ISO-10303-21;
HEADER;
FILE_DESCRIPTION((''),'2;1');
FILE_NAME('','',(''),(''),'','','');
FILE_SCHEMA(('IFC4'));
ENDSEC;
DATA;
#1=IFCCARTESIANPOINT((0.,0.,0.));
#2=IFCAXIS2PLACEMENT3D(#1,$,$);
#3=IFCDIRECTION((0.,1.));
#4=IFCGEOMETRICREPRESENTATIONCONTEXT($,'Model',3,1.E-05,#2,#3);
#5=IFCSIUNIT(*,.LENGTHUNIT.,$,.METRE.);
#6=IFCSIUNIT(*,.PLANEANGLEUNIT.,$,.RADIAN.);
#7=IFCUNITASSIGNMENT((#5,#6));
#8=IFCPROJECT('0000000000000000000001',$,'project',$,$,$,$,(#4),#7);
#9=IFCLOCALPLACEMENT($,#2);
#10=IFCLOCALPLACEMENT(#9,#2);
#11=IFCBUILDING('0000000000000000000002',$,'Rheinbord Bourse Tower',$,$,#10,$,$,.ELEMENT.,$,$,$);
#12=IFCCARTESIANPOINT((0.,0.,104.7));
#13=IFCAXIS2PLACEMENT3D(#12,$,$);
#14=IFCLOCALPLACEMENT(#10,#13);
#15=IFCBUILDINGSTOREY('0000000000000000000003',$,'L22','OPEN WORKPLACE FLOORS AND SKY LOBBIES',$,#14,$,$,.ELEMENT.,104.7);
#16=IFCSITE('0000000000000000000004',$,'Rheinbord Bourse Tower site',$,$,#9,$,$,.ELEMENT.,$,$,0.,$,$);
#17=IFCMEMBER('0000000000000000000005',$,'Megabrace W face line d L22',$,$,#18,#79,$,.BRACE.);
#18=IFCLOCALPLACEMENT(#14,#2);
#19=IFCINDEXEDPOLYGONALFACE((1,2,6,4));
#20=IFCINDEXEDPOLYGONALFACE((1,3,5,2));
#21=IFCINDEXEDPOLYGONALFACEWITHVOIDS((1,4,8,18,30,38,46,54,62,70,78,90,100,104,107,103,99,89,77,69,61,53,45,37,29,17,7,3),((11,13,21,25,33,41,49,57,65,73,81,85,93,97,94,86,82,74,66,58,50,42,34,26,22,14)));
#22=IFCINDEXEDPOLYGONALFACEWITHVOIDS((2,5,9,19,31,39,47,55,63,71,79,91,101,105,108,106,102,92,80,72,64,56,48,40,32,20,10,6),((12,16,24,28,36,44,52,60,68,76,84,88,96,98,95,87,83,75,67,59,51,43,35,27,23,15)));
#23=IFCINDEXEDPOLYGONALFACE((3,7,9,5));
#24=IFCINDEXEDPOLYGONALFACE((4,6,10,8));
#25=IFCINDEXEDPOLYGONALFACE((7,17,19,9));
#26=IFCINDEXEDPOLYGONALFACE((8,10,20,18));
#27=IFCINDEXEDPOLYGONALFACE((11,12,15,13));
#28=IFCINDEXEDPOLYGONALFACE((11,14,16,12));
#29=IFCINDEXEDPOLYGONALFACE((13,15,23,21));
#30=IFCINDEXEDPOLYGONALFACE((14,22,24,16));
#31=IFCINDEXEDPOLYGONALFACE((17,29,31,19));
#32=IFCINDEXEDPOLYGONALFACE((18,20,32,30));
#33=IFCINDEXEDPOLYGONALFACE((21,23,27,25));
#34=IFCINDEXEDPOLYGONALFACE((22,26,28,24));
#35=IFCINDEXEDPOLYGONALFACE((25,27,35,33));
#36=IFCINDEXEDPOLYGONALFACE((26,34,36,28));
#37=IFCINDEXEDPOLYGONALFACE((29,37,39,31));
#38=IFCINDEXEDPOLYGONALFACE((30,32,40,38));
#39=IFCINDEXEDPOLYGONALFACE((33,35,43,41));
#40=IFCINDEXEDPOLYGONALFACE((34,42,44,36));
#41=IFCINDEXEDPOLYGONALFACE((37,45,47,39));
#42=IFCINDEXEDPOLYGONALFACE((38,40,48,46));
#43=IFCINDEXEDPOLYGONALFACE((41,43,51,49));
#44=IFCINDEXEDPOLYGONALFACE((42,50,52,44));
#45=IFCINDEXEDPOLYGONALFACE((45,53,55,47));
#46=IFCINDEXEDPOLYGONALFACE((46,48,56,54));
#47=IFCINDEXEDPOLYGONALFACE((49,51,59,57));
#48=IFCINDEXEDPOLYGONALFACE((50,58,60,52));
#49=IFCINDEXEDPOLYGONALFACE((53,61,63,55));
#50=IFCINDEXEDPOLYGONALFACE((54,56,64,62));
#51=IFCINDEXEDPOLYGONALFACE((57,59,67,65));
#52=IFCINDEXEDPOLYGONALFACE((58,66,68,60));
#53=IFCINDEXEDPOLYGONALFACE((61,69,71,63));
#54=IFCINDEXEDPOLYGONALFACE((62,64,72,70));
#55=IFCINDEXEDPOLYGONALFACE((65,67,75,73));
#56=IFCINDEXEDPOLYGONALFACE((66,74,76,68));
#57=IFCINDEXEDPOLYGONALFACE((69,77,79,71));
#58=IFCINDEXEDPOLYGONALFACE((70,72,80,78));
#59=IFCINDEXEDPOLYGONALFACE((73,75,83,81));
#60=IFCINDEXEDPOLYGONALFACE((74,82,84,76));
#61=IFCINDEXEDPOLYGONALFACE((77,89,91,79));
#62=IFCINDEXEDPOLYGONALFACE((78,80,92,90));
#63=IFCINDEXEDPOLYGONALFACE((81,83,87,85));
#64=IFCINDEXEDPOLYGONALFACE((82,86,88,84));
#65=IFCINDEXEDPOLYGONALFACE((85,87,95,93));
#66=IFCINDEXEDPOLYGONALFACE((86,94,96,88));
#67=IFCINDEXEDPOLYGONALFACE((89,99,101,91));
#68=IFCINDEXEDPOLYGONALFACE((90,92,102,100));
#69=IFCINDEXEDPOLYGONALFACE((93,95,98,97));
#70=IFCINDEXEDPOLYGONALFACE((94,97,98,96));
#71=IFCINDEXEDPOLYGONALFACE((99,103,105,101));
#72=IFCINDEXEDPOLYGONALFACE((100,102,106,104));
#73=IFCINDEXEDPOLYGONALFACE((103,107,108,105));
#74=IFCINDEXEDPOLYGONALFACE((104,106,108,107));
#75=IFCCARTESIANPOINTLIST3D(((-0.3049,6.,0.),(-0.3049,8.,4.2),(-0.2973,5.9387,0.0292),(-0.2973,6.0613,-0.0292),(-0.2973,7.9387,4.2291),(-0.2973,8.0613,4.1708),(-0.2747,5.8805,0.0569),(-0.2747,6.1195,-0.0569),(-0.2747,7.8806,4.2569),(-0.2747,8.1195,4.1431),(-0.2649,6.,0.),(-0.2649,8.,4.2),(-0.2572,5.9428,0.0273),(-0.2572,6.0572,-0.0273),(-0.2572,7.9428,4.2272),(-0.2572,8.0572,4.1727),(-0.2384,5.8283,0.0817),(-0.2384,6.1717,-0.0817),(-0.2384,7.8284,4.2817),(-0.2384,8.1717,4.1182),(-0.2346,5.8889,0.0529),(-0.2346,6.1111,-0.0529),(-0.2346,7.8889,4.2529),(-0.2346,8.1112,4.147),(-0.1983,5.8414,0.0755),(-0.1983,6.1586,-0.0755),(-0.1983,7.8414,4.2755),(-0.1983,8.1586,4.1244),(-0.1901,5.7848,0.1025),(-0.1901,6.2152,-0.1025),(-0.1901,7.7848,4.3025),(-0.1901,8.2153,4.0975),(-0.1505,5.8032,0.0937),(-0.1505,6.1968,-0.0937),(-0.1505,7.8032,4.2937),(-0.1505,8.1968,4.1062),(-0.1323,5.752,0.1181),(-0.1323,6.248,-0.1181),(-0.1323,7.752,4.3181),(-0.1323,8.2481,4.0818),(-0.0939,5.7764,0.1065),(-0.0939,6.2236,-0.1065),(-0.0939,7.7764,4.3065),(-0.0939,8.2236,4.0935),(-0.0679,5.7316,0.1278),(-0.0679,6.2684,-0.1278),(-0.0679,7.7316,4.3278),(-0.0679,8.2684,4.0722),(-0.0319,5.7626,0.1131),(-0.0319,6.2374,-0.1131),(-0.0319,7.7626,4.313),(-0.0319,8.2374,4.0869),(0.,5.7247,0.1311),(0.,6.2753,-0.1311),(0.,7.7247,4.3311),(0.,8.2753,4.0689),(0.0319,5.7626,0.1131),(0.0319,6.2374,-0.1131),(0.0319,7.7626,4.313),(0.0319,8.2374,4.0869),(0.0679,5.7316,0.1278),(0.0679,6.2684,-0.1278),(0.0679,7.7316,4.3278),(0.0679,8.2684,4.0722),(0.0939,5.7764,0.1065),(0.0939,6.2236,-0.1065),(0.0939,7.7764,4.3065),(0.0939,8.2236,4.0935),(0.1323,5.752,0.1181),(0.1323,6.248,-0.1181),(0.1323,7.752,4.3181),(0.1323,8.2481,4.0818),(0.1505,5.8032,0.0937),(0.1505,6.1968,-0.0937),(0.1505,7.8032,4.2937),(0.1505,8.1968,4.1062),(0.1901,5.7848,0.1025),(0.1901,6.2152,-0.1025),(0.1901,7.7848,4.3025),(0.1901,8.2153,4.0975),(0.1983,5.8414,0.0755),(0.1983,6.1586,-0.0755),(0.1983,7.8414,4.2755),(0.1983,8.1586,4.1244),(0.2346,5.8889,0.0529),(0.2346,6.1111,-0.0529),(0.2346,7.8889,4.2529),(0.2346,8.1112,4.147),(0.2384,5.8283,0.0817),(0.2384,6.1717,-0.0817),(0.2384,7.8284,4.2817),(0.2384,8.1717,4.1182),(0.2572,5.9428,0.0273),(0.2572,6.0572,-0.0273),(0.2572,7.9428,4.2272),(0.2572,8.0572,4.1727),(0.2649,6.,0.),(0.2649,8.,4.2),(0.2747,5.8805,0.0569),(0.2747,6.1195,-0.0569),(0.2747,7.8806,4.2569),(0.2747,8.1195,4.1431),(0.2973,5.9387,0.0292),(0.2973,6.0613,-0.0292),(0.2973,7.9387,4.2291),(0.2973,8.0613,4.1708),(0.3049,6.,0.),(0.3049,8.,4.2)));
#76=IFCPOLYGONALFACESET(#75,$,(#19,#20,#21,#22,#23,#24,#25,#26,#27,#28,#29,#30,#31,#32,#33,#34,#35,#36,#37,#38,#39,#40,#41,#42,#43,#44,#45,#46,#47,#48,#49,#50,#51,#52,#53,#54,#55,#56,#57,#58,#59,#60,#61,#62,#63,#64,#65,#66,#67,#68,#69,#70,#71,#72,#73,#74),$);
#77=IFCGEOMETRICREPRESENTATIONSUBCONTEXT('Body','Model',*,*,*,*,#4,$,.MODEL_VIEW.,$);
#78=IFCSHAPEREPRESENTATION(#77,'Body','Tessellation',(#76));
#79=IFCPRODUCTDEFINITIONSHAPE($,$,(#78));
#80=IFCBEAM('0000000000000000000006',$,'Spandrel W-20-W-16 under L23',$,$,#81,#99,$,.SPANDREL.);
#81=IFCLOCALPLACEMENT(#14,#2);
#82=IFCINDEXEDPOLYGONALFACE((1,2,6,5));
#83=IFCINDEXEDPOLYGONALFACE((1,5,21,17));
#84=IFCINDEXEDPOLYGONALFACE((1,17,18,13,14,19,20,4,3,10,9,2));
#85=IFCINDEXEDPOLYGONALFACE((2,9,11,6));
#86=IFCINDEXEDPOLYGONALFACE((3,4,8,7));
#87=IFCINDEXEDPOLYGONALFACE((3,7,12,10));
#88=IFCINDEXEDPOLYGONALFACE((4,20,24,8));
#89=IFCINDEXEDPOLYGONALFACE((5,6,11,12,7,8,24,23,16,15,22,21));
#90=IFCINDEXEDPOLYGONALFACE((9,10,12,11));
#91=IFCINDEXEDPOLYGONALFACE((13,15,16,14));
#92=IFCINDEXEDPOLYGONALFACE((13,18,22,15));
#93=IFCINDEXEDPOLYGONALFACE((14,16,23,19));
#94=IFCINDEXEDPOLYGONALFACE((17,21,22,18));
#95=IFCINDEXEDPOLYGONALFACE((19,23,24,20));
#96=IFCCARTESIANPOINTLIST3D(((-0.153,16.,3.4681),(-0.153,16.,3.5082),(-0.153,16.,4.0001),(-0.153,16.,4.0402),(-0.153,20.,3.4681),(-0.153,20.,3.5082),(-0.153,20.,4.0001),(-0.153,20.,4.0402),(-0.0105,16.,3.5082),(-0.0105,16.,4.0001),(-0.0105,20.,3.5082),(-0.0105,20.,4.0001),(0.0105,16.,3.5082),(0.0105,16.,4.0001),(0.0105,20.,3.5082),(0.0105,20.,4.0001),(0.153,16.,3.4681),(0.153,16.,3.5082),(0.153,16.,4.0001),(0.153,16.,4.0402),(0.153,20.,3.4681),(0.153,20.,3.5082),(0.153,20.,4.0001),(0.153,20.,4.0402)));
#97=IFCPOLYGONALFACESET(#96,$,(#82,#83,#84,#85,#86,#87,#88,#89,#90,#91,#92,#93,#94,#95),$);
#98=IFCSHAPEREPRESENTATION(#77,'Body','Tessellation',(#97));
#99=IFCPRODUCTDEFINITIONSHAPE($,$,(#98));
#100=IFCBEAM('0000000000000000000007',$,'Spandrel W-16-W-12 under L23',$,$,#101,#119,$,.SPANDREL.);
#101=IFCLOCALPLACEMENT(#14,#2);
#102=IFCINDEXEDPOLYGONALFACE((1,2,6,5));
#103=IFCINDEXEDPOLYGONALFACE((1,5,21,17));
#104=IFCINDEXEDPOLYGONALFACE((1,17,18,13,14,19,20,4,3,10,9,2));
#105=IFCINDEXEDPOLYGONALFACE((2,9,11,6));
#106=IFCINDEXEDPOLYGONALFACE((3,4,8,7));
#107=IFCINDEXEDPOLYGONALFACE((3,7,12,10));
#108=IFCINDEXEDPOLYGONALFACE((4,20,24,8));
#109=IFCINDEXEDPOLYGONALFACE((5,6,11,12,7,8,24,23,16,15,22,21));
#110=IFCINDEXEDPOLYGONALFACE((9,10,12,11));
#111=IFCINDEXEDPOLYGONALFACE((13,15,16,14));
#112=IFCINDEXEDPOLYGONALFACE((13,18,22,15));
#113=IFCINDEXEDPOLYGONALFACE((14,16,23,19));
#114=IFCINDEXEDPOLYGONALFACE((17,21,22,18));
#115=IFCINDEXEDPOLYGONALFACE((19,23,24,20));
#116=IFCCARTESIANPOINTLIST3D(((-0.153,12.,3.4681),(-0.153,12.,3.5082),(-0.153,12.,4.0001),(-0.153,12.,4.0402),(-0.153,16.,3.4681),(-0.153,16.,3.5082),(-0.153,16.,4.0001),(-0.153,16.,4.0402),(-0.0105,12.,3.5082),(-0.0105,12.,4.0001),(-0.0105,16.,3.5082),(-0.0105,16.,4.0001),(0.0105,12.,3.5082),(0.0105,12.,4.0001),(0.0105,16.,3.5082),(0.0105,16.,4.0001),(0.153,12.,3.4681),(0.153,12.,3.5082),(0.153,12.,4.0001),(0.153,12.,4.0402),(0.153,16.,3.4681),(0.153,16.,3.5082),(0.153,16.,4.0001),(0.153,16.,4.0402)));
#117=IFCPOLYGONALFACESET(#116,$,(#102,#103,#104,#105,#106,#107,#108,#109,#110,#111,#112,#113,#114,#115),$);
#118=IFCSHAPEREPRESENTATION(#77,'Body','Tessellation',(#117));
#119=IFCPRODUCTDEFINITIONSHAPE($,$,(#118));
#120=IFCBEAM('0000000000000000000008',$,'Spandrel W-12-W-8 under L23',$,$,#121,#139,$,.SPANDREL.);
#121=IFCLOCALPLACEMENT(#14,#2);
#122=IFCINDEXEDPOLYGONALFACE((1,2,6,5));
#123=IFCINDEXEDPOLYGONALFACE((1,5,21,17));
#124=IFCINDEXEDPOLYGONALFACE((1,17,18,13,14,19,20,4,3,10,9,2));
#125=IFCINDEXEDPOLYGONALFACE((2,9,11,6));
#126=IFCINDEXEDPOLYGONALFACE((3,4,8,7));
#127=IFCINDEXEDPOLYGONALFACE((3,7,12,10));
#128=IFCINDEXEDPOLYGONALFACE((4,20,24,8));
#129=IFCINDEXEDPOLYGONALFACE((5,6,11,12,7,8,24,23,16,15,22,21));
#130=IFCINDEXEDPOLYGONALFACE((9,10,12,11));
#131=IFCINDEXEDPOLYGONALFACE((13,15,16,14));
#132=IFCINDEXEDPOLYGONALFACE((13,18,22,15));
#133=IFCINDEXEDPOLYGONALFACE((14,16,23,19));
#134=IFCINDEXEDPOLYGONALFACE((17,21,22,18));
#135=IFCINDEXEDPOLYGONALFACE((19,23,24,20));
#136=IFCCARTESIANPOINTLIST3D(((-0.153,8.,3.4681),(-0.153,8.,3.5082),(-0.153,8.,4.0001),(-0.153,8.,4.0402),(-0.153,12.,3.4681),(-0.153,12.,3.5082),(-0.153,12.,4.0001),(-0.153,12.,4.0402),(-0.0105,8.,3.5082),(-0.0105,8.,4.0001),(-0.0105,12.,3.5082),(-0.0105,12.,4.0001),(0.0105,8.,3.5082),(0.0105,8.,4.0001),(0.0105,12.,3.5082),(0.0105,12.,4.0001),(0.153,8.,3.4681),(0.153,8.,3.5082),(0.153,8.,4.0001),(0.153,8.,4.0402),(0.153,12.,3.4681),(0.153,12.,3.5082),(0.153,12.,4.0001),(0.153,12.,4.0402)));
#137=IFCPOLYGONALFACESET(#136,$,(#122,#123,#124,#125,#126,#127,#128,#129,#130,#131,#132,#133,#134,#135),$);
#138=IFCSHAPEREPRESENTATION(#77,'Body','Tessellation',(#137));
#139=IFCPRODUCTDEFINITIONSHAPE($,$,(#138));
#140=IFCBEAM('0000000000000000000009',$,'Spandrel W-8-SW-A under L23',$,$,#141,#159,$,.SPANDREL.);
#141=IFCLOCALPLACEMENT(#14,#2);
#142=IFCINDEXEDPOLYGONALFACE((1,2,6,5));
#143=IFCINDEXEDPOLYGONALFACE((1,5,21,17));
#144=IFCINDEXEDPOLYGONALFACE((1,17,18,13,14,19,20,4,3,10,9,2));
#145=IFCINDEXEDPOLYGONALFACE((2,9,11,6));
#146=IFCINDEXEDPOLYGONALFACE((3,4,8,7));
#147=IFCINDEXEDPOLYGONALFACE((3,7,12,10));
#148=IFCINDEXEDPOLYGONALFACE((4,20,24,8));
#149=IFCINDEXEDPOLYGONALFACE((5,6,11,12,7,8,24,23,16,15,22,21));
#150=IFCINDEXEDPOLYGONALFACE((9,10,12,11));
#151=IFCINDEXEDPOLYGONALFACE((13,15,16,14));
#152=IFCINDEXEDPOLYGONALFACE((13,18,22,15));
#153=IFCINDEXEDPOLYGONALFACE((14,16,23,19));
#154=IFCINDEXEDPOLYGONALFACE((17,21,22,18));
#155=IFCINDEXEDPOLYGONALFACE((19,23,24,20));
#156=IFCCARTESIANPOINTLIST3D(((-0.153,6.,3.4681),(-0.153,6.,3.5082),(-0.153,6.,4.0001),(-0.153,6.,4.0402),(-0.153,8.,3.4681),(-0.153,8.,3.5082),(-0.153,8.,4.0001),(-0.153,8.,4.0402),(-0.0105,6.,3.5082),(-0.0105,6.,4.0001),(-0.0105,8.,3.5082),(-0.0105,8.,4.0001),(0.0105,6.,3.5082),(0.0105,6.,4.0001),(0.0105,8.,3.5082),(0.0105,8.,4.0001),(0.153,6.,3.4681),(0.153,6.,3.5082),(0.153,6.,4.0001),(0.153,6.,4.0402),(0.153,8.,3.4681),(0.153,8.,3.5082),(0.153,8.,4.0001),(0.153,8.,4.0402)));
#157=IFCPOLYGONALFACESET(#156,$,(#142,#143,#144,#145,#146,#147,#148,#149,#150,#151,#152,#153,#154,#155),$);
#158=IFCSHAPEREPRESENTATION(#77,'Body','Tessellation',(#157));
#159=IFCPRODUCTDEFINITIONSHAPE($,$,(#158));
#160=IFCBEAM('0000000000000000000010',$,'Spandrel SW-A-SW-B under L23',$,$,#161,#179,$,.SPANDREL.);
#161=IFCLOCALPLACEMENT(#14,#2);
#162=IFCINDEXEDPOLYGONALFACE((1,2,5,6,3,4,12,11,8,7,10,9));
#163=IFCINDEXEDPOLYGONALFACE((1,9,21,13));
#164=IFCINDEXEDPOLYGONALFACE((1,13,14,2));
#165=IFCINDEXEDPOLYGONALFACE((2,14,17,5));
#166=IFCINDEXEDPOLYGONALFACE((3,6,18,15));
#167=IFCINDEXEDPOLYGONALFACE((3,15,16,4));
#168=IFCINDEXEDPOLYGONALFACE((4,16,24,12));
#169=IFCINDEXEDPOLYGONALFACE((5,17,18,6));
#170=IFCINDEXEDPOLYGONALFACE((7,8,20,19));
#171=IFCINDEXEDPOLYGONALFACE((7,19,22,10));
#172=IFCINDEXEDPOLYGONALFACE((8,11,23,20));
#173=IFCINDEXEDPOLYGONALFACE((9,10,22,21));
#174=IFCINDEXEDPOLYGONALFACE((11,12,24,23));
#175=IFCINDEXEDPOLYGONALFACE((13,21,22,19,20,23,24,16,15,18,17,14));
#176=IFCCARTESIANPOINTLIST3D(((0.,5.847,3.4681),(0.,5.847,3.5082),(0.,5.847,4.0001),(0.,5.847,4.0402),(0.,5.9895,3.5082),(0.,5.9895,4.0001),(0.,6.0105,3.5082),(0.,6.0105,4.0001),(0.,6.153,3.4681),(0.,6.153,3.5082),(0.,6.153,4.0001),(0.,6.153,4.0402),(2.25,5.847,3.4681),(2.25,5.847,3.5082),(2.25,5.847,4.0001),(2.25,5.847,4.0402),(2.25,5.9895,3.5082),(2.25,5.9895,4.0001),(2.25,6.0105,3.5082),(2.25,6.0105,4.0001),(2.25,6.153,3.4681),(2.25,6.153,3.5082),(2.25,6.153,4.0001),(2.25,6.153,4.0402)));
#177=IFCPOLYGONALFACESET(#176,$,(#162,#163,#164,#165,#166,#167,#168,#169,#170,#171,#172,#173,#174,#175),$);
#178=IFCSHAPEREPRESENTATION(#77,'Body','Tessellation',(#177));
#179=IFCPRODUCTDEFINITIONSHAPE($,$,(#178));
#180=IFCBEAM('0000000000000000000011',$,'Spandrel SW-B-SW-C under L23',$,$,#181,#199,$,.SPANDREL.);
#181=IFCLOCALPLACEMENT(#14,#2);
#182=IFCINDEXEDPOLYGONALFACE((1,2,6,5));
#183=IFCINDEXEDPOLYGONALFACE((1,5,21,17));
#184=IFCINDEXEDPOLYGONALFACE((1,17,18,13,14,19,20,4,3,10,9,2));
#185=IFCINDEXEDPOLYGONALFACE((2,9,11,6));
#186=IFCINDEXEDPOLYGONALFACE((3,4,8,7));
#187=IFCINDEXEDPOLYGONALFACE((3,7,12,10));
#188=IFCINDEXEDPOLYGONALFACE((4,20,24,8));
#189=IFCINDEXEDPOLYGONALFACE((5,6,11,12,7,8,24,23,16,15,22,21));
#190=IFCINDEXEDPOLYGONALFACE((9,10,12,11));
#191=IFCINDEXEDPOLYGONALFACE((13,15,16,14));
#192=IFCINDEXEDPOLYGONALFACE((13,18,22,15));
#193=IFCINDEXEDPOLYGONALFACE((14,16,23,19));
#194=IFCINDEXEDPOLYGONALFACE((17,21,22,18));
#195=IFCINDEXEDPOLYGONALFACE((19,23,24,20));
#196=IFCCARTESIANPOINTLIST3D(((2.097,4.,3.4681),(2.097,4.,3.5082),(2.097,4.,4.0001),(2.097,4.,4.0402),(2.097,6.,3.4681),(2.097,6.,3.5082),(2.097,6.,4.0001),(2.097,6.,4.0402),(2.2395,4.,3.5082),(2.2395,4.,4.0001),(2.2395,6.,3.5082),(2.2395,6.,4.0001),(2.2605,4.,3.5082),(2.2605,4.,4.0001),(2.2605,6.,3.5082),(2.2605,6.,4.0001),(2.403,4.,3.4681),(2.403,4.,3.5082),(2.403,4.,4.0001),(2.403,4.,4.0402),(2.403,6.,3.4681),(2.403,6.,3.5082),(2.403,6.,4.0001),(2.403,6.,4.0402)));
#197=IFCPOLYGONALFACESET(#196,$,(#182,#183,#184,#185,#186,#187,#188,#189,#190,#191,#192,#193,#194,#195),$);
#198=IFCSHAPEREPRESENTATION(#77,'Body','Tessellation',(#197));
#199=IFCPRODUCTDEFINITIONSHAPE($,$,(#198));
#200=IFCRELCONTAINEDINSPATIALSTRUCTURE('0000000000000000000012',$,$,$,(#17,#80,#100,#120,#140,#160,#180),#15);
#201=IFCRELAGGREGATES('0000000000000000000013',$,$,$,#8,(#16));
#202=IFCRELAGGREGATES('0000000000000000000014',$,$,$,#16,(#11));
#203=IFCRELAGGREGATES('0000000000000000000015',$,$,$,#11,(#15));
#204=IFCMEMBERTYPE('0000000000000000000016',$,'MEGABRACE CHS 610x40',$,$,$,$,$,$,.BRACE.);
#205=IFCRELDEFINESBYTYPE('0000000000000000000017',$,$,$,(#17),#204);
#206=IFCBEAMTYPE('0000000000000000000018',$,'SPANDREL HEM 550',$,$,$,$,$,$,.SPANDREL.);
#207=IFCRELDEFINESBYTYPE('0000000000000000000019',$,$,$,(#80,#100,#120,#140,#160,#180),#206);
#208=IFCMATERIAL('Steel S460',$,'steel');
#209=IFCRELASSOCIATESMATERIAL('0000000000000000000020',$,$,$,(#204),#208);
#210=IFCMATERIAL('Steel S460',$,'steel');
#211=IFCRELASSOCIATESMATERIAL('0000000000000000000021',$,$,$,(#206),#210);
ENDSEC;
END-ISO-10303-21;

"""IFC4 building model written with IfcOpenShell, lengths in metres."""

from ifc_helpers import new_model, si_unit, direction, frame, origin, origin_2d, place, context, subcontext, project, spatial, hollow_circle, i_section, extrude, material, material_profile, profile_set, type_object, element, save


model = new_model("IFC4")

# Units and contexts
model_context = context("Model", 3, precision=1e-05, world=origin(), true_north=direction((0.0, 1.0)))
body_context = subcontext(model_context, "Body", "Model", "MODEL_VIEW")
ifc_project = project(units=[si_unit("LENGTHUNIT", "METRE"), si_unit("PLANEANGLEUNIT", "RADIAN")], contexts=[model_context])

# Site, building, storey
site_placement = place(None, origin())
site = spatial("IfcSite", under=ifc_project, at=site_placement, Name="Rheinbord Bourse Tower site", CompositionType="ELEMENT", RefElevation=0.0)
building_placement = place(site_placement, origin())
building = spatial("IfcBuilding", under=site, at=building_placement, Name="Rheinbord Bourse Tower", CompositionType="ELEMENT")
storey_placement = place(building_placement, frame((0.0, 0.0, 104.7)))
storey = spatial("IfcBuildingStorey", under=building, at=storey_placement, Name="L22", Description="OPEN WORKPLACE FLOORS AND SKY LOBBIES", CompositionType="ELEMENT", Elevation=104.7)

# Member
ifc_material_1 = material(Name="Steel S460", Category="steel")
ifc_material_profile_1 = material_profile(ifc_material_1, hollow_circle(Radius=0.3049, WallThickness=0.04, at=origin_2d()), Name="CHS 610x40")
ifc_profile_set_1 = profile_set([ifc_material_profile_1], Name="Steel S460")
member_type_1 = type_object("IfcMemberType", Name="MEGABRACE CHS 610x40", PredefinedType="BRACE", material=ifc_profile_set_1)
member_1_placement = place(storey_placement, frame((0.0, 6.0, 0.0), z_axis=(0.0, 0.429938, 0.902859), x_axis=(-1.0, 0.0, 0.0)))
element("IfcMember", 1, at=member_1_placement, inside=storey, type_object=member_type_1, Name="Megabrace W face line d L22", PredefinedType="BRACE", context=body_context, shape_type="SweptSolid", body=[
    extrude(hollow_circle(Radius=0.3049, WallThickness=0.04, at=origin_2d()), origin(), (0.0, 0.0, 1.0), 4.6519),
])

# Beams
ifc_material_2 = material(Name="Steel S460", Category="steel")
ifc_material_profile_2 = material_profile(ifc_material_2, i_section(OverallWidth=0.3059, OverallDepth=0.572, WebThickness=0.021, FlangeThickness=0.04, at=origin_2d()), Name="HEM 550")
ifc_profile_set_2 = profile_set([ifc_material_profile_2], Name="Steel S460")
beam_type_1 = type_object("IfcBeamType", Name="SPANDREL HEM 550", PredefinedType="SPANDREL", material=ifc_profile_set_2)
for number, where, z_axis, x_axis, name in (
    (2, (0.0, 20.0, 3.7542), (0.0, -1.0, 0.0), (1.0, 0.0, 0.0), "Spandrel W-20-W-16 under L23"),
    (3, (0.0, 16.0, 3.7542), (0.0, -1.0, 0.0), (1.0, 0.0, 0.0), "Spandrel W-16-W-12 under L23"),
    (4, (0.0, 12.0, 3.7542), (0.0, -1.0, 0.0), (1.0, 0.0, 0.0), "Spandrel W-12-W-8 under L23"),
):
    element("IfcBeam", number, at=place(storey_placement, frame(where, z_axis=z_axis, x_axis=x_axis)), inside=storey, type_object=beam_type_1, Name=name, PredefinedType="SPANDREL", context=body_context, shape_type="SweptSolid", body=[
        extrude(i_section(OverallWidth=0.3059, OverallDepth=0.572, WebThickness=0.021, FlangeThickness=0.04, at=origin_2d()), origin(), (0.0, 0.0, 1.0), 4.0),
    ])
beam_1_placement = place(storey_placement, frame((0.0, 8.0, 3.7542), z_axis=(0.0, -1.0, 0.0), x_axis=(1.0, 0.0, 0.0)))
element("IfcBeam", 5, at=beam_1_placement, inside=storey, type_object=beam_type_1, Name="Spandrel W-8-SW-A under L23", PredefinedType="SPANDREL", context=body_context, shape_type="SweptSolid", body=[
    extrude(i_section(OverallWidth=0.3059, OverallDepth=0.572, WebThickness=0.021, FlangeThickness=0.04, at=origin_2d()), origin(), (0.0, 0.0, 1.0), 2.0),
])
beam_2_placement = place(storey_placement, frame((0.0, 6.0, 3.7542), z_axis=(1.0, 0.0, 0.0), x_axis=(0.0, 1.0, 0.0)))
element("IfcBeam", 6, at=beam_2_placement, inside=storey, type_object=beam_type_1, Name="Spandrel SW-A-SW-B under L23", PredefinedType="SPANDREL", context=body_context, shape_type="SweptSolid", body=[
    extrude(i_section(OverallWidth=0.3059, OverallDepth=0.572, WebThickness=0.021, FlangeThickness=0.04, at=origin_2d()), origin(), (0.0, 0.0, 1.0), 2.25),
])
beam_3_placement = place(storey_placement, frame((2.25, 6.0, 3.7542), z_axis=(0.0, -1.0, 0.0), x_axis=(1.0, 0.0, 0.0)))
element("IfcBeam", 7, at=beam_3_placement, inside=storey, type_object=beam_type_1, Name="Spandrel SW-B-SW-C under L23", PredefinedType="SPANDREL", context=body_context, shape_type="SweptSolid", body=[
    extrude(i_section(OverallWidth=0.3059, OverallDepth=0.572, WebThickness=0.021, FlangeThickness=0.04, at=origin_2d()), origin(), (0.0, 0.0, 1.0), 2.0),
])

save(model, "model.ifc")
